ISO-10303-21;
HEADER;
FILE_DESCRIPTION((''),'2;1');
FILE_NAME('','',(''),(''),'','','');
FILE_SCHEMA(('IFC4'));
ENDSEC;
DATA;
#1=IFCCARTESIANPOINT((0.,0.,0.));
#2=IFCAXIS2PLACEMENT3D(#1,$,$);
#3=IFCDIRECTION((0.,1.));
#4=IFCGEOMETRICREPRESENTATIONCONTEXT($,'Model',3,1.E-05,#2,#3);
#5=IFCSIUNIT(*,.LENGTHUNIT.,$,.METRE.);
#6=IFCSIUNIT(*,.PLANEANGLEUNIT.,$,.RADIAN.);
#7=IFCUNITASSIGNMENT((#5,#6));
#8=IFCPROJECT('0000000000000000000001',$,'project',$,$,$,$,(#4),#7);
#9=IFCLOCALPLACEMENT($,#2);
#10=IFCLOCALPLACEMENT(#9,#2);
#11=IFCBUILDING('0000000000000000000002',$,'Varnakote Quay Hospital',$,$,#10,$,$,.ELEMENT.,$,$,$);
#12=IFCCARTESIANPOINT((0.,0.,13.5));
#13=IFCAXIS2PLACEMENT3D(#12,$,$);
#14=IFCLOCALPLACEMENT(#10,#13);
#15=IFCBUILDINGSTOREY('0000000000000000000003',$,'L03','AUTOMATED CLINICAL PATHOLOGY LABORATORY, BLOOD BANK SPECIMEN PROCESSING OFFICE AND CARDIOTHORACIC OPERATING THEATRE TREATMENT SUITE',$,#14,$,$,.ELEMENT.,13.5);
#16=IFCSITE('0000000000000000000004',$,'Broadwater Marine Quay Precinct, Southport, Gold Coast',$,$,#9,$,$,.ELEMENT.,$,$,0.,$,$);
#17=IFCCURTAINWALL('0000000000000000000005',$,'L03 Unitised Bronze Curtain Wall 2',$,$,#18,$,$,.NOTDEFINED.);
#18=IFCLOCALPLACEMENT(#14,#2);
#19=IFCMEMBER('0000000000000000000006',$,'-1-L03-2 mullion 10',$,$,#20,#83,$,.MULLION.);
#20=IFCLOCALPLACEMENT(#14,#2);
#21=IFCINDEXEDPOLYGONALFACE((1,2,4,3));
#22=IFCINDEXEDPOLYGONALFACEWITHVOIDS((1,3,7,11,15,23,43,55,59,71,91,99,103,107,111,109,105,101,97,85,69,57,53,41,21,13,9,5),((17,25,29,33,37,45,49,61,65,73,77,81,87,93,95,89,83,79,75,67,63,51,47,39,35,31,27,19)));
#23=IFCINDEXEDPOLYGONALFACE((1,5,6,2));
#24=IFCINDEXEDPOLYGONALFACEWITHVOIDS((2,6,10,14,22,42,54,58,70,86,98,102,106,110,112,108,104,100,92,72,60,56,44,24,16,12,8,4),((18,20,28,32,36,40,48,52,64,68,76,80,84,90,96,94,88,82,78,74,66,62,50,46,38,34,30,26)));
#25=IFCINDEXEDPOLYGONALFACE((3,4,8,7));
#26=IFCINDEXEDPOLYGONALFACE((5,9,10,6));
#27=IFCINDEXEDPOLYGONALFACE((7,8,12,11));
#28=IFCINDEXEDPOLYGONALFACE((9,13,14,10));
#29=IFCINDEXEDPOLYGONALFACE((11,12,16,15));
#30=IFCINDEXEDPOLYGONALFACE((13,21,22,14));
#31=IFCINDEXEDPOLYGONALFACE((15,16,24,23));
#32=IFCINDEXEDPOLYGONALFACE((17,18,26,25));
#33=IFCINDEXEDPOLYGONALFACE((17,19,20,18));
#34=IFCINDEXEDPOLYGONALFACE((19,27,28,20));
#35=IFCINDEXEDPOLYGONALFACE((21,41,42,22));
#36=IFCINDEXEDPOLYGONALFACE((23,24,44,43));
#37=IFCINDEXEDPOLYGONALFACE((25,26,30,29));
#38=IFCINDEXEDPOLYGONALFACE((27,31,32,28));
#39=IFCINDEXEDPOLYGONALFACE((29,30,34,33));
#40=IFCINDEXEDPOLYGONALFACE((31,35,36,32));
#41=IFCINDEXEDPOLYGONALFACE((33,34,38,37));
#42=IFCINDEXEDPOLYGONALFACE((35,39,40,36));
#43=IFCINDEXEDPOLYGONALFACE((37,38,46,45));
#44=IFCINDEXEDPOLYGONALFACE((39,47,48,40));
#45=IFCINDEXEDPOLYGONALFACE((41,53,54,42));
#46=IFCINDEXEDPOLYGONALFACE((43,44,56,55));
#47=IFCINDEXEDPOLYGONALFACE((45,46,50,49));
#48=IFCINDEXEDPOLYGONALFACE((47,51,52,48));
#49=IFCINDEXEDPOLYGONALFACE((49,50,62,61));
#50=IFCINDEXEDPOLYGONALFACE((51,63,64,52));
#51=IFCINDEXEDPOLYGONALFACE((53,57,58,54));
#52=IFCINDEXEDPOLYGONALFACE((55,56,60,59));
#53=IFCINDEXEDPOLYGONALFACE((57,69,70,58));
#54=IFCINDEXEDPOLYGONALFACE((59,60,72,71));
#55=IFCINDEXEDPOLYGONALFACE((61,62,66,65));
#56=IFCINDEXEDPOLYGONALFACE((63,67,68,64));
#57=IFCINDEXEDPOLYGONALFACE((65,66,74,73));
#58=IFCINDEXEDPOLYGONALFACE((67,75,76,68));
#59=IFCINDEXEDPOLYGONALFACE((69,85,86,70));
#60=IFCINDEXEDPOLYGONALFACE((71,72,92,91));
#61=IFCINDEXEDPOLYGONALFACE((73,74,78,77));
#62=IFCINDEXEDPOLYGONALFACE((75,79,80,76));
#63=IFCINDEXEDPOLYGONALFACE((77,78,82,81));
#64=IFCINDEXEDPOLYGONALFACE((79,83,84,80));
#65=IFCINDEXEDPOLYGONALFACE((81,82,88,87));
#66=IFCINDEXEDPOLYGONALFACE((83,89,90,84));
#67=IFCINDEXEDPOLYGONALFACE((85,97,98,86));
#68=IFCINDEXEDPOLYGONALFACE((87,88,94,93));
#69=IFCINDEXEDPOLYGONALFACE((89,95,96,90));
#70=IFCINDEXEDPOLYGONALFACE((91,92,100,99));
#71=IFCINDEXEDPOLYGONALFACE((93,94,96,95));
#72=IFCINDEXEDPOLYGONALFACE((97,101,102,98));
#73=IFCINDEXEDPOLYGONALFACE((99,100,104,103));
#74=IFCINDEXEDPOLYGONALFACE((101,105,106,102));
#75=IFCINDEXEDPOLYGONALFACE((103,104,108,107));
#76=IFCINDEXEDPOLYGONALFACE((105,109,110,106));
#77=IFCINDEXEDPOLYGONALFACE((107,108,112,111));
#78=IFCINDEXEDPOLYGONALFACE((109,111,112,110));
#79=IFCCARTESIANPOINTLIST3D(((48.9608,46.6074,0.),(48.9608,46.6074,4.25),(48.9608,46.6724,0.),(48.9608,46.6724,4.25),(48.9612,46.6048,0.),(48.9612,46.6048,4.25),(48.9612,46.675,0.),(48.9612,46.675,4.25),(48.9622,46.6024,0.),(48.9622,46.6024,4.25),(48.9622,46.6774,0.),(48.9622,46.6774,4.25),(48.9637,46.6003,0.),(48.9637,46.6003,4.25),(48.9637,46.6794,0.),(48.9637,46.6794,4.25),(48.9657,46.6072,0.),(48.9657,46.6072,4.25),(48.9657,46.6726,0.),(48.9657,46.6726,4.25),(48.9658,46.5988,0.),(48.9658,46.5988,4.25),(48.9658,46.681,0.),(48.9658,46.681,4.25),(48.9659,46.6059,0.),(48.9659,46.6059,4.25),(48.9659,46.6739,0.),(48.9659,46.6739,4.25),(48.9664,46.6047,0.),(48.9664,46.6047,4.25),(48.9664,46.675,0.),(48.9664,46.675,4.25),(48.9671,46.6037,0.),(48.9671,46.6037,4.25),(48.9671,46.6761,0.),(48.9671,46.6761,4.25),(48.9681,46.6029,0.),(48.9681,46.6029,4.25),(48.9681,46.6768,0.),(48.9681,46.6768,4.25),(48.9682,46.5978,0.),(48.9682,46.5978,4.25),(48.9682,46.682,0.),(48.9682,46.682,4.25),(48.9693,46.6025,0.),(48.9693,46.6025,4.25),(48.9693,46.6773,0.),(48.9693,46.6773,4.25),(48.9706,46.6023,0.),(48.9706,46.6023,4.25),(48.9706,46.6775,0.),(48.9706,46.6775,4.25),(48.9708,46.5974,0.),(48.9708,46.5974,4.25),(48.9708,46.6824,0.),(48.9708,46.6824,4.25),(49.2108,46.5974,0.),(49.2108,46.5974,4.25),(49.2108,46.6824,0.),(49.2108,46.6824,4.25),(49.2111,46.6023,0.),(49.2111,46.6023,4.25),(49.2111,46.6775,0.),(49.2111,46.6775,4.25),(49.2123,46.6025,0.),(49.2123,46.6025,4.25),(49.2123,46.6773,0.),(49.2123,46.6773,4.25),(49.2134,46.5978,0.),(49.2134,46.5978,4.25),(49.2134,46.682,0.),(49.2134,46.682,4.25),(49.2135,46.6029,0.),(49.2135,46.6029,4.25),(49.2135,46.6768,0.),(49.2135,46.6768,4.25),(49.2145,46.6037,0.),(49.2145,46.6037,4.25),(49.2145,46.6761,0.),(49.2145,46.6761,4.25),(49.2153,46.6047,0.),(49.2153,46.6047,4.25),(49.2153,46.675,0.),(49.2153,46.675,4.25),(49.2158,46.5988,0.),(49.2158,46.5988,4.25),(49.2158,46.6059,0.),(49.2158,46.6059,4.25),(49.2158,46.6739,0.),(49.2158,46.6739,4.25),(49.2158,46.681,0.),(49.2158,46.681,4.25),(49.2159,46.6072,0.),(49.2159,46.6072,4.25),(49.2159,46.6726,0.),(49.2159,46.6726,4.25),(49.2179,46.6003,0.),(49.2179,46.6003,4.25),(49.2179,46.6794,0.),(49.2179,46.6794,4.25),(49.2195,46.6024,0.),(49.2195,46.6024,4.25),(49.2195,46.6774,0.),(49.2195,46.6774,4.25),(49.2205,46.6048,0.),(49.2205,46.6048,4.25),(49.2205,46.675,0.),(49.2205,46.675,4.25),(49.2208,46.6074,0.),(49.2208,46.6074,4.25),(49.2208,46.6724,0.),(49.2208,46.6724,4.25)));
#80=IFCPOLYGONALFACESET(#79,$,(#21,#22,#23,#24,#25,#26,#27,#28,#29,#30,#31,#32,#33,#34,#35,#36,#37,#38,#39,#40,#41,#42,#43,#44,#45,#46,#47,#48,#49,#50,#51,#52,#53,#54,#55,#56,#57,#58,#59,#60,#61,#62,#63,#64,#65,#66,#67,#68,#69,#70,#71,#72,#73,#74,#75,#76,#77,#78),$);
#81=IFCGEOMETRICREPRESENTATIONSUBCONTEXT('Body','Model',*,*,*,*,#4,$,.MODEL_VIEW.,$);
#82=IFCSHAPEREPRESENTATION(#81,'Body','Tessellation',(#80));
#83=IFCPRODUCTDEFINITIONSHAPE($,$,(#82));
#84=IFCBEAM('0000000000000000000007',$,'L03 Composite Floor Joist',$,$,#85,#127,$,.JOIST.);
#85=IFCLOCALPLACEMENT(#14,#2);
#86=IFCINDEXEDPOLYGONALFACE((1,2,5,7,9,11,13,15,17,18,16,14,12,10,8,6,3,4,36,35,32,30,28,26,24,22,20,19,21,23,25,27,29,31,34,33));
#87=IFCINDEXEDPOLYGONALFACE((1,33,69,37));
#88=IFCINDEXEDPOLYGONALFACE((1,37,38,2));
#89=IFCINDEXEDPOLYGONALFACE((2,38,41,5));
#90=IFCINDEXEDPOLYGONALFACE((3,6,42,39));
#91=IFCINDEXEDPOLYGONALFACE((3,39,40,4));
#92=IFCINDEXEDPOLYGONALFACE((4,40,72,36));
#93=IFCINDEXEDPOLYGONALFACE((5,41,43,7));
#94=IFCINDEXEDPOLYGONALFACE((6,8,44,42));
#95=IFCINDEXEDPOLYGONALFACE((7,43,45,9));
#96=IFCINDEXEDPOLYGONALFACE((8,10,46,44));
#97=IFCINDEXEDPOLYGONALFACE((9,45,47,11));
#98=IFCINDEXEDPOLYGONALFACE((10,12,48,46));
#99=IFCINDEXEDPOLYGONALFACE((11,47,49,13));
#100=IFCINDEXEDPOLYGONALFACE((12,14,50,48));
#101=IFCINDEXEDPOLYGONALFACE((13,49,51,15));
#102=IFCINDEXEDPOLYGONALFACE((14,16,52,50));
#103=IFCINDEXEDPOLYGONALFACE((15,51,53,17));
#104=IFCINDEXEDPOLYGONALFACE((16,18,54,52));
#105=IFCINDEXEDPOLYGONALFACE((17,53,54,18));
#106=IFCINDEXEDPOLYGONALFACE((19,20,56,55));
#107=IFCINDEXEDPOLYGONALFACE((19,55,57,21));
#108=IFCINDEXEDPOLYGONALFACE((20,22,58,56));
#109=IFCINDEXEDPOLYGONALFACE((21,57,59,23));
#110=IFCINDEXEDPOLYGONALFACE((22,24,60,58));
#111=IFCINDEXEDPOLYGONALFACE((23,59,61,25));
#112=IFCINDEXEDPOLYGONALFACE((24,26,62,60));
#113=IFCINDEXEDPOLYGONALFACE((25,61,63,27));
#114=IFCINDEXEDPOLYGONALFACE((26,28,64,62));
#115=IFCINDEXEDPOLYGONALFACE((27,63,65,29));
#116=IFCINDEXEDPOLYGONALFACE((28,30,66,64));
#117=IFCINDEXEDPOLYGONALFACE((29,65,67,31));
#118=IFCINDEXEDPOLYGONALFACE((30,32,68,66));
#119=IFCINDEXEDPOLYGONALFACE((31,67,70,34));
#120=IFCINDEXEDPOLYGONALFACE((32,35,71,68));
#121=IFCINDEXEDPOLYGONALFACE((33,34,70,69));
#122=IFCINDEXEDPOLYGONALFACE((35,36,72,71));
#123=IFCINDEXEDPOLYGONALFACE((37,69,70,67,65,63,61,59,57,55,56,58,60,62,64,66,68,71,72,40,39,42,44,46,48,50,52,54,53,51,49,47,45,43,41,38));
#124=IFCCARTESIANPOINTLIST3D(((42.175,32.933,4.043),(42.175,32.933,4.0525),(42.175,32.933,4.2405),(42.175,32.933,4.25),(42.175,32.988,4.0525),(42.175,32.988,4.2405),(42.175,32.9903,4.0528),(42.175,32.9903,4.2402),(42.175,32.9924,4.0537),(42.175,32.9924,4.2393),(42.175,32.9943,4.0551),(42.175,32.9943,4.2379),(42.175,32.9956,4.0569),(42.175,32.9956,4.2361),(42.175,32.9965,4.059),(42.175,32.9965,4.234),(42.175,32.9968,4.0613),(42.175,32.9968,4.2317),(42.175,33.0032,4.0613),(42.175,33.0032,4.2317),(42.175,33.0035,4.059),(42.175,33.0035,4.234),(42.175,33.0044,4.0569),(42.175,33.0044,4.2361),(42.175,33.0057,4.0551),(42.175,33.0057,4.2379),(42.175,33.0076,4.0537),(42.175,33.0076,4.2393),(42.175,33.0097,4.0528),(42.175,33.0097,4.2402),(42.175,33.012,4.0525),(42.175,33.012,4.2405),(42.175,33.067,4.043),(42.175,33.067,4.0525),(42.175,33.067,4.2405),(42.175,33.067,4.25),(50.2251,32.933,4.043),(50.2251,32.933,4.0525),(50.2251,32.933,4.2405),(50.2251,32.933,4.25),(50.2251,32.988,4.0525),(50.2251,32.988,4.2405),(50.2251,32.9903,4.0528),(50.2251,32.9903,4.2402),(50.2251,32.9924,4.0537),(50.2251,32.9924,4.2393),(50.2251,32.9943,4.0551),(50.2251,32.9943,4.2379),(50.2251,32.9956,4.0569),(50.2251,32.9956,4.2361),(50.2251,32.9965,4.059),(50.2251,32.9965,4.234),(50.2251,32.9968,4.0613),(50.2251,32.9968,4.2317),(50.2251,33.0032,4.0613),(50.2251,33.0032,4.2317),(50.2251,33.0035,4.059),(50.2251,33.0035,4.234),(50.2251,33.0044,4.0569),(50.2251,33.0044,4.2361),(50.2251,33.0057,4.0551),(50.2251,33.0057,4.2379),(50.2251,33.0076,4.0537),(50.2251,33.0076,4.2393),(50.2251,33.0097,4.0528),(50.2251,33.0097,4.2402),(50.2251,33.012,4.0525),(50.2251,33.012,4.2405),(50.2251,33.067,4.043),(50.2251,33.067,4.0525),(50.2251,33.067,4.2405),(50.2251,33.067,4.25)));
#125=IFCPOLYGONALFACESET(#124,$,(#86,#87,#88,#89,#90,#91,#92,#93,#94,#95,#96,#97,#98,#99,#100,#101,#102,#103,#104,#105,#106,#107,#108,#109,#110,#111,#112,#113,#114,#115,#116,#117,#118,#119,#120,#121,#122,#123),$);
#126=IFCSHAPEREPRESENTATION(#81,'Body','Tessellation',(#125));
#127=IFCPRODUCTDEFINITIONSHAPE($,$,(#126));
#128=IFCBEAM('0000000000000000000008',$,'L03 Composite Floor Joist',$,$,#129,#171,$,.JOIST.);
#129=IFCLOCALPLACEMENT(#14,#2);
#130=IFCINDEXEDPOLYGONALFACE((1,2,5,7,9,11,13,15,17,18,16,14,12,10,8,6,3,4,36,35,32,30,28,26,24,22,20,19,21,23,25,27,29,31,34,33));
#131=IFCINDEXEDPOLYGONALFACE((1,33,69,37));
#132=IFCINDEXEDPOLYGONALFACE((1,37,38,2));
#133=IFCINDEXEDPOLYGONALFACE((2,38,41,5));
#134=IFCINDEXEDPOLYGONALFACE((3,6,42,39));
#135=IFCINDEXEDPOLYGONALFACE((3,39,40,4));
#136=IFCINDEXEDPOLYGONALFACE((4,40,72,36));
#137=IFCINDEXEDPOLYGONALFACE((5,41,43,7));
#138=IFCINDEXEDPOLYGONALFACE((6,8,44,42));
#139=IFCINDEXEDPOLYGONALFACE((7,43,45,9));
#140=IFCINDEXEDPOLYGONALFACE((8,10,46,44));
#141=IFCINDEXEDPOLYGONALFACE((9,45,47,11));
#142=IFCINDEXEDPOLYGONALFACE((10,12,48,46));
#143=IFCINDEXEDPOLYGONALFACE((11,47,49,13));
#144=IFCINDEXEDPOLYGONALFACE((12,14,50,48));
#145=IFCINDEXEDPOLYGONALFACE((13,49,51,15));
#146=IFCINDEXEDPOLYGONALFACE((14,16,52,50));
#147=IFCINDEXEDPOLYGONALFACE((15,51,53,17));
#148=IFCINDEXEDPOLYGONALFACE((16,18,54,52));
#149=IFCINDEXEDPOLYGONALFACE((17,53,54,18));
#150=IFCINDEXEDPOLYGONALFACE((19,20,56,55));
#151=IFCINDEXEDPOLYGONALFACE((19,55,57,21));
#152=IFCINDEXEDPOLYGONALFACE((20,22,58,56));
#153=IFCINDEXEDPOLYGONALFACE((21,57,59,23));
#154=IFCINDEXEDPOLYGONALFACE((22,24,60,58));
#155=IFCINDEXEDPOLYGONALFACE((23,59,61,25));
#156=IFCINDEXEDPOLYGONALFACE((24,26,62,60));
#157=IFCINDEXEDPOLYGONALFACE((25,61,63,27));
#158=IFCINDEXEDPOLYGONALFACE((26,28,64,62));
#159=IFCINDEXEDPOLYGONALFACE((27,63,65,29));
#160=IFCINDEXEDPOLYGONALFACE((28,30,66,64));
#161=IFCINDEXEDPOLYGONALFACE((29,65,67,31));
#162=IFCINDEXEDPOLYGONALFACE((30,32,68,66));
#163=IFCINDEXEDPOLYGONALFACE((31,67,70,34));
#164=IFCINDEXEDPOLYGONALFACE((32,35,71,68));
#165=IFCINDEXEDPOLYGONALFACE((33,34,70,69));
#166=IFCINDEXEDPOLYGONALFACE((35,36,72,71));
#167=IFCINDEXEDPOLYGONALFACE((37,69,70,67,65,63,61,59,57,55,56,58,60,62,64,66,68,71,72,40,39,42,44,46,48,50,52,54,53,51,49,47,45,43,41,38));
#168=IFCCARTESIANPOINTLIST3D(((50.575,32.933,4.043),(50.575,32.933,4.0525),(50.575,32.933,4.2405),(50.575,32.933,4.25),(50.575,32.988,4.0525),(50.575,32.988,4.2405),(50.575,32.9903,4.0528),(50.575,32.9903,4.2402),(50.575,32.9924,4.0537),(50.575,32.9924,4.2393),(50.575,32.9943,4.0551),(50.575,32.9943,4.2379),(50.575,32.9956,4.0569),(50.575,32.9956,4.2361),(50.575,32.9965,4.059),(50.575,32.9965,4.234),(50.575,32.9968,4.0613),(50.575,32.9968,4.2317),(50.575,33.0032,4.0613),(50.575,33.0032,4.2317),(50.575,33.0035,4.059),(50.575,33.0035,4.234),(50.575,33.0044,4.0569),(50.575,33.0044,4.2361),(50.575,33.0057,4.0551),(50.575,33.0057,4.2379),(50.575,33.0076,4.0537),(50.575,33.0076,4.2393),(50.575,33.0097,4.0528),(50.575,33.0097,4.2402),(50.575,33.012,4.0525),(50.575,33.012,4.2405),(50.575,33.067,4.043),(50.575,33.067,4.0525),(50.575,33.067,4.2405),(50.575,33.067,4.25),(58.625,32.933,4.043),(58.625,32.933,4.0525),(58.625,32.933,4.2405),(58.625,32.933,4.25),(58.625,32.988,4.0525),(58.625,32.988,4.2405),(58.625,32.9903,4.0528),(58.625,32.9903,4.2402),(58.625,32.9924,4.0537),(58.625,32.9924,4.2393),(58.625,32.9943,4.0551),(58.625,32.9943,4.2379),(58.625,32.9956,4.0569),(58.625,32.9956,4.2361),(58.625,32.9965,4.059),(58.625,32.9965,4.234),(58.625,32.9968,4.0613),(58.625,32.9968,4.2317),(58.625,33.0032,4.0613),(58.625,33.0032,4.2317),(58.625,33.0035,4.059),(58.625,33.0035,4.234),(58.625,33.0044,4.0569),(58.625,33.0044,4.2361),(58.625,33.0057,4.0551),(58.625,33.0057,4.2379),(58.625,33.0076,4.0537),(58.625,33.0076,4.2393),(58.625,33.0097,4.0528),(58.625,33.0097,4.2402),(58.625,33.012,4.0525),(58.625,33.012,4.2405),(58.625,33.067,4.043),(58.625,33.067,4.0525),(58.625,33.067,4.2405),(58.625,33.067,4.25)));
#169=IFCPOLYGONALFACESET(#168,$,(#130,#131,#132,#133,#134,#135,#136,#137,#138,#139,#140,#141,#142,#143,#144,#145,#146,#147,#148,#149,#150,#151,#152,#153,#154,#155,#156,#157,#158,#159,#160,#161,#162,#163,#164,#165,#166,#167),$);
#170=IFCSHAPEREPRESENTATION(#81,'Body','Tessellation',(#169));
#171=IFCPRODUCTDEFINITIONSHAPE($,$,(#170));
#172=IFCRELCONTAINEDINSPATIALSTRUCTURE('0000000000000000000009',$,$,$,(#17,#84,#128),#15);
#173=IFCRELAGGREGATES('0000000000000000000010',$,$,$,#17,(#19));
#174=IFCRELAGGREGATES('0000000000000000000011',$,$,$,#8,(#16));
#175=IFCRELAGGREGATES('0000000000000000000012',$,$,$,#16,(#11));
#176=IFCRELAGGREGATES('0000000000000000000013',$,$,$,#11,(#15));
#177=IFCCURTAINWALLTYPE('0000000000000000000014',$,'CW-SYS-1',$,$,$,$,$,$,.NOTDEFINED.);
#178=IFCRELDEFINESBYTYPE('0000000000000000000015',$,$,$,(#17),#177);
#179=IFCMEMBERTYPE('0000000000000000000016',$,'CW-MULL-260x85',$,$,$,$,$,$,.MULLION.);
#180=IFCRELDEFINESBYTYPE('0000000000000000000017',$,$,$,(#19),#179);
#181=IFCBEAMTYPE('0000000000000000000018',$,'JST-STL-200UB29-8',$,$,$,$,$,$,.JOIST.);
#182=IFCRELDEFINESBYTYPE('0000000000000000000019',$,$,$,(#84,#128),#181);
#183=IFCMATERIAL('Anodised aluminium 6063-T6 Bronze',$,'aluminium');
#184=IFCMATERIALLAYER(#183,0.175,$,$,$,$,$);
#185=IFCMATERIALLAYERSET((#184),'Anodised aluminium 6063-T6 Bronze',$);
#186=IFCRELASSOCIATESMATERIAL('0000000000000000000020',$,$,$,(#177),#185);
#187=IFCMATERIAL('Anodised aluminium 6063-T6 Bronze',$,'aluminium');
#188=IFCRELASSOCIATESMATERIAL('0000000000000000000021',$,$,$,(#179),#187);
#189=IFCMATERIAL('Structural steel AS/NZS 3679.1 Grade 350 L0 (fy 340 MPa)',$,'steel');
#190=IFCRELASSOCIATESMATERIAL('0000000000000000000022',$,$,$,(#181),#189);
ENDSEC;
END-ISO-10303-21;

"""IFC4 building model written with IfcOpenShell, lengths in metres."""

from ifc_helpers import new_model, si_unit, direction, frame, origin, origin_2d, place, context, subcontext, project, spatial, hollow_rectangle, i_section, extrude, material, layer, layer_set, material_profile, profile_set, type_object, element, aggregate, save


model = new_model("IFC4")

# Units and contexts
model_context = context("Model", 3, precision=1e-05, world=origin(), true_north=direction((0.0, 1.0)))
body_context = subcontext(model_context, "Body", "Model", "MODEL_VIEW")
ifc_project = project(units=[si_unit("LENGTHUNIT", "METRE"), si_unit("PLANEANGLEUNIT", "RADIAN")], contexts=[model_context])

# Site, building, storey
site_placement = place(None, origin())
site = spatial("IfcSite", under=ifc_project, at=site_placement, Name="Broadwater Marine Quay Precinct, Southport, Gold Coast", CompositionType="ELEMENT", RefElevation=0.0)
building_placement = place(site_placement, origin())
building = spatial("IfcBuilding", under=site, at=building_placement, Name="Varnakote Quay Hospital", CompositionType="ELEMENT")
storey_placement = place(building_placement, frame((0.0, 0.0, 13.5)))
storey = spatial("IfcBuildingStorey", under=building, at=storey_placement, Name="L03", Description="AUTOMATED CLINICAL PATHOLOGY LABORATORY, BLOOD BANK SPECIMEN PROCESSING OFFICE AND CARDIOTHORACIC OPERATING THEATRE TREATMENT SUITE", CompositionType="ELEMENT", Elevation=13.5)

# Curtain wall, member
ifc_material_1 = material(Name="Anodised aluminium 6063-T6 Bronze", Category="aluminium")
ifc_layer_1 = layer(ifc_material_1, 0.175)
ifc_layer_set_1 = layer_set([ifc_layer_1], Name="Anodised aluminium 6063-T6 Bronze")
curtain_wall_type = type_object("IfcCurtainWallType", Name="CW-SYS-1", PredefinedType="NOTDEFINED", material=ifc_layer_set_1)
curtain_wall_placement = place(storey_placement, origin())
curtain_wall = element("IfcCurtainWall", 1, at=curtain_wall_placement, inside=storey, type_object=curtain_wall_type, Name="L03 Unitised Bronze Curtain Wall 2", PredefinedType="NOTDEFINED")
ifc_material_2 = material(Name="Anodised aluminium 6063-T6 Bronze", Category="aluminium")
ifc_material_profile_1 = material_profile(ifc_material_2, hollow_rectangle(XDim=0.085, YDim=0.26, WallThickness=0.0049, InnerFilletRadius=0.0049, OuterFilletRadius=0.01, at=origin_2d()), Name="CW-MULL-260x85")
ifc_profile_set_1 = profile_set([ifc_material_profile_1], Name="Anodised aluminium 6063-T6 Bronze")
member_type = type_object("IfcMemberType", Name="CW-MULL-260x85", PredefinedType="MULLION", material=ifc_profile_set_1)
member_placement = place(storey_placement, frame((49.0908, 46.6399, 0.0), z_axis=(0.0, 0.0, 1.0), x_axis=(0.0, -1.0, 0.0)))
member = element("IfcMember", 2, at=member_placement, type_object=member_type, Name="-1-L03-2 mullion 10", PredefinedType="MULLION", context=body_context, shape_type="SweptSolid", body=[
    extrude(hollow_rectangle(XDim=0.085, YDim=0.26, WallThickness=0.0049, InnerFilletRadius=0.0049, OuterFilletRadius=0.01, at=origin_2d()), origin(), (0.0, 0.0, 1.0), 4.25),
])
aggregate(curtain_wall, [member])

# Beams
ifc_material_3 = material(Name="Structural steel AS/NZS 3679.1 Grade 350 L0 (fy 340 MPa)", Category="steel")
ifc_material_profile_2 = material_profile(ifc_material_3, i_section(OverallWidth=0.134, OverallDepth=0.207, WebThickness=0.0063, FlangeThickness=0.0095, FilletRadius=0.0088, at=origin_2d()), Name="200UB29.8")
ifc_profile_set_2 = profile_set([ifc_material_profile_2], Name="Structural steel AS/NZS 3679.1 Grade 350 L0 (fy 340 MPa)")
beam_type_1 = type_object("IfcBeamType", Name="JST-STL-200UB29-8", PredefinedType="JOIST", material=ifc_profile_set_2)
for number, where, z_axis, x_axis, name in (
    (3, (42.175, 33.0, 4.1465), (1.0, 0.0, 0.0), (0.0, 1.0, 0.0), "L03 Composite Floor Joist"),
    (4, (50.575, 33.0, 4.1465), (1.0, 0.0, 0.0), (0.0, 1.0, 0.0), "L03 Composite Floor Joist"),
):
    element("IfcBeam", number, at=place(storey_placement, frame(where, z_axis=z_axis, x_axis=x_axis)), inside=storey, type_object=beam_type_1, Name=name, PredefinedType="JOIST", context=body_context, shape_type="SweptSolid", body=[
        extrude(i_section(OverallWidth=0.134, OverallDepth=0.207, WebThickness=0.0063, FlangeThickness=0.0095, FilletRadius=0.0088, at=origin_2d()), origin(), (0.0, 0.0, 1.0), 8.05),
    ])

save(model, "model.ifc")
